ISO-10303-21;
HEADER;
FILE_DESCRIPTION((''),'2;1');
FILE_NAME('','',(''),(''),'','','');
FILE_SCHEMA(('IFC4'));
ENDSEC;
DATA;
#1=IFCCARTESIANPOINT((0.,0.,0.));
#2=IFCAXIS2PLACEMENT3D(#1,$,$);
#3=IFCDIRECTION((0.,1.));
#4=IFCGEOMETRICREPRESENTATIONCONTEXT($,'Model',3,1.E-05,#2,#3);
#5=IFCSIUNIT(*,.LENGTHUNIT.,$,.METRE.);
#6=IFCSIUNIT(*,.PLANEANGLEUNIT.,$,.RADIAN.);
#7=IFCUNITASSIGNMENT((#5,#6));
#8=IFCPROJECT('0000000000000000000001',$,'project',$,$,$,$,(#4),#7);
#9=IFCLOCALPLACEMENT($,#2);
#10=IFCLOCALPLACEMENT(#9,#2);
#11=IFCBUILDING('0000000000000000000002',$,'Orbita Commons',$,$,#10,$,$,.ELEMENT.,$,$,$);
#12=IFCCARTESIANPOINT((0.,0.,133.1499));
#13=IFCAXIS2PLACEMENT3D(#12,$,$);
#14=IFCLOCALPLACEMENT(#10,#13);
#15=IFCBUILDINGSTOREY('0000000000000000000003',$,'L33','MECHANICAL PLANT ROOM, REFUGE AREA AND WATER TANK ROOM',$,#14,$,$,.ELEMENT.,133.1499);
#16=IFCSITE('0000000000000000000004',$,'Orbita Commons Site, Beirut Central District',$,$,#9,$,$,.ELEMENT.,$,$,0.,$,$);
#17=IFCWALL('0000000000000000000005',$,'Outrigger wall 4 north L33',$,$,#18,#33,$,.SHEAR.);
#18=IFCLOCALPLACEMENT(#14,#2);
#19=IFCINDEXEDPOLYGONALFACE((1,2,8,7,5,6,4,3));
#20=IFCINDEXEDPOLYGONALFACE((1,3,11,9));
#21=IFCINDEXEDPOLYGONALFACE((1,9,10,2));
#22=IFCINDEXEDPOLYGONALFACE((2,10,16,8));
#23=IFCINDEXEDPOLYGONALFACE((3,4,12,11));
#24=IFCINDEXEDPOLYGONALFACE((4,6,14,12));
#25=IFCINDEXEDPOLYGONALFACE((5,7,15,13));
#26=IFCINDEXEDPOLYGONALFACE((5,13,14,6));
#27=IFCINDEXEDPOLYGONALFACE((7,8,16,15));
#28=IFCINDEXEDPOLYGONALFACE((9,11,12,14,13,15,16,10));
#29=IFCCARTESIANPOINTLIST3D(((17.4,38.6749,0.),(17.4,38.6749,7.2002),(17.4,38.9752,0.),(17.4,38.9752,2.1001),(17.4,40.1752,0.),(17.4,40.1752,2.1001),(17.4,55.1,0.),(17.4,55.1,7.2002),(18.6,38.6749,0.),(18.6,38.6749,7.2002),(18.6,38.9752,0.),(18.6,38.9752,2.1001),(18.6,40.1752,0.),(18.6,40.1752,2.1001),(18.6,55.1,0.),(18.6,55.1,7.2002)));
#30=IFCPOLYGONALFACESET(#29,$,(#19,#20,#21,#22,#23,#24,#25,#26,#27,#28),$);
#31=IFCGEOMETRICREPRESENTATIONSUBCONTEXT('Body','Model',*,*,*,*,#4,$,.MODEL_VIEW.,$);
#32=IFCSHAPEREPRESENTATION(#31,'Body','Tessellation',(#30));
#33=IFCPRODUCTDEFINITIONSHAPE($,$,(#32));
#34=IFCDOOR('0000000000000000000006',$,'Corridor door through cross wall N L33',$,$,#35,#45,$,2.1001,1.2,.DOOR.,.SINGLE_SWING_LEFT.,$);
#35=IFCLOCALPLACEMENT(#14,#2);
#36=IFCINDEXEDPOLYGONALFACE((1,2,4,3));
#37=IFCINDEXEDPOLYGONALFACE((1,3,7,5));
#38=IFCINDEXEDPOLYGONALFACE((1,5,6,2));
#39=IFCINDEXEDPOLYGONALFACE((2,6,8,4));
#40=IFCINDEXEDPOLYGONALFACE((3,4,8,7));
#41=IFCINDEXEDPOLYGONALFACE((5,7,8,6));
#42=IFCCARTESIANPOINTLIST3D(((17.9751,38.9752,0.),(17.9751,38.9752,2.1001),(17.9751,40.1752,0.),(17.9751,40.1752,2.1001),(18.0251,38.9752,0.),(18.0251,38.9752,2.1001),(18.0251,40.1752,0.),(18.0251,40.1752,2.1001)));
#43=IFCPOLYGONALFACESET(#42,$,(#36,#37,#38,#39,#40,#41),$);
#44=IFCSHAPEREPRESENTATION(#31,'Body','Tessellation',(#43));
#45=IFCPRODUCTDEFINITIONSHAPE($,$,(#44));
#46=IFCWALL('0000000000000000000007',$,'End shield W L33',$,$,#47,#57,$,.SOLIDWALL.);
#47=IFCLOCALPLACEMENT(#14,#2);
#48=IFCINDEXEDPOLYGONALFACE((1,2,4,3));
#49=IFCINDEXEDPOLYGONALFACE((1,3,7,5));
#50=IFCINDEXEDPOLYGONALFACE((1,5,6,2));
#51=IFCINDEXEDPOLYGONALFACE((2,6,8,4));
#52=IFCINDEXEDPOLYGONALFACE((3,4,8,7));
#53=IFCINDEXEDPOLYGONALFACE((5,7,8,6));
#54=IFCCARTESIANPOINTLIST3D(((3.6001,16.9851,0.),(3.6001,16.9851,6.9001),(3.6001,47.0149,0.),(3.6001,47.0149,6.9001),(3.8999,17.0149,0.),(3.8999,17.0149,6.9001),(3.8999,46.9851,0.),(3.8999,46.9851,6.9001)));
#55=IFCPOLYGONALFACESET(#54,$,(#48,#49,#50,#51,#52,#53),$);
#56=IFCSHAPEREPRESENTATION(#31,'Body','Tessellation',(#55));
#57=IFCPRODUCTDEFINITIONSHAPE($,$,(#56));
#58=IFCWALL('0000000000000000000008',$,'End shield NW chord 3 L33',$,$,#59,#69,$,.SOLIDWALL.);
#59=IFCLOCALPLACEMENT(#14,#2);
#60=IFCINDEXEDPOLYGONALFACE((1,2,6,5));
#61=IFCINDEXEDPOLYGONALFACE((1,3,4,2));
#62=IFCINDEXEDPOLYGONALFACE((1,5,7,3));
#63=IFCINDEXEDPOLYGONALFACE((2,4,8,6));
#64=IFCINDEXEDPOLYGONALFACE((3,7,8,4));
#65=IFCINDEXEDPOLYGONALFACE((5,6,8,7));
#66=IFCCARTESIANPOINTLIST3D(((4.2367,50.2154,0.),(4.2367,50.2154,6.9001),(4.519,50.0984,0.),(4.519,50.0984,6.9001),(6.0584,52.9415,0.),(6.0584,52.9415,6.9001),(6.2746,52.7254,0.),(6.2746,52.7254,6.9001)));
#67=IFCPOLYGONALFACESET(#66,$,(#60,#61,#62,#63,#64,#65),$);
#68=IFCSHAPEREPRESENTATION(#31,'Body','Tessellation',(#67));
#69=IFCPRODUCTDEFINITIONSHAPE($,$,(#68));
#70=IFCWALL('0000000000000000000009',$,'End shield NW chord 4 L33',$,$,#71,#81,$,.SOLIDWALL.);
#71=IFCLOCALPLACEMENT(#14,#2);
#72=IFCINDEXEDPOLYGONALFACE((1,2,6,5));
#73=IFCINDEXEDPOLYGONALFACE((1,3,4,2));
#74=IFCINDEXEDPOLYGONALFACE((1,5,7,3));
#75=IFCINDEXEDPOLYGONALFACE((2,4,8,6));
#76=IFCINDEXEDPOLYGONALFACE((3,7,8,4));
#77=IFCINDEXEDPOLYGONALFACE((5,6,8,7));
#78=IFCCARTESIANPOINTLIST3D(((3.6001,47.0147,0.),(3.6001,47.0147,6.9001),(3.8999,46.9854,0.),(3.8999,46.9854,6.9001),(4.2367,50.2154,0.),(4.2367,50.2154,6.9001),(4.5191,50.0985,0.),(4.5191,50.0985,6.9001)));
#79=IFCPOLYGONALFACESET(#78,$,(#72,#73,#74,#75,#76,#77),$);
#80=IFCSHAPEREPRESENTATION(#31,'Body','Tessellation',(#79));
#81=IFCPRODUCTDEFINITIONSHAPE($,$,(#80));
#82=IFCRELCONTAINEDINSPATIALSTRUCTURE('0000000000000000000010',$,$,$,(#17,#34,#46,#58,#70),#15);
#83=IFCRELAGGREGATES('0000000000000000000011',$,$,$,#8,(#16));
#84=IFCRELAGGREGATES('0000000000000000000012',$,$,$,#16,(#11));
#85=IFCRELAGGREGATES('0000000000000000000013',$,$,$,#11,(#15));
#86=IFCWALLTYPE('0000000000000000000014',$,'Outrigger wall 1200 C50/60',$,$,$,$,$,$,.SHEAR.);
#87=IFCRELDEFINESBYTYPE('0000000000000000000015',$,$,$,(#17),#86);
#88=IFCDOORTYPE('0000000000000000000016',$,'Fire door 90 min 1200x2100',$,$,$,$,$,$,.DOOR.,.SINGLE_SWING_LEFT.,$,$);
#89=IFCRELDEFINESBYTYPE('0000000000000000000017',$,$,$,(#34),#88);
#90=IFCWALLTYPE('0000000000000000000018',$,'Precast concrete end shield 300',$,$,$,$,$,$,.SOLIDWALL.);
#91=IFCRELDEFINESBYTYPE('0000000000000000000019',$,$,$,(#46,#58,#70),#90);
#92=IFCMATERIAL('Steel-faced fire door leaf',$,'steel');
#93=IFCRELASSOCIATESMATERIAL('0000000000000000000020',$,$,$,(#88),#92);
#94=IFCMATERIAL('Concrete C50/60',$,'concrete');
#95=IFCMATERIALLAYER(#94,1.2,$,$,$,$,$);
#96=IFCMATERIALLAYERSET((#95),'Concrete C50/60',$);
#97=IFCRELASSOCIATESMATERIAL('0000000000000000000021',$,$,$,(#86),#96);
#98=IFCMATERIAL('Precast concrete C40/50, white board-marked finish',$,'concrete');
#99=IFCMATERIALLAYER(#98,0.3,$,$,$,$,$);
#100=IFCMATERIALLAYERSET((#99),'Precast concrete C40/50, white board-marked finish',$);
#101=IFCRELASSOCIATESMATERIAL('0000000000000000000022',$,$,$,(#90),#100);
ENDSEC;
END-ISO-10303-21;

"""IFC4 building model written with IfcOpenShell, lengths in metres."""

from ifc_helpers import new_model, si_unit, direction, frame, frame_2d, origin, place, context, subcontext, project, spatial, polyline, rectangle, outline, extrude, material, layer, layer_set, type_object, element, fill, save


model = new_model("IFC4")

# Units and contexts
model_context = context("Model", 3, precision=1e-05, world=origin(), true_north=direction((0.0, 1.0)))
body_context = subcontext(model_context, "Body", "Model", "MODEL_VIEW")
ifc_project = project(units=[si_unit("LENGTHUNIT", "METRE"), si_unit("PLANEANGLEUNIT", "RADIAN")], contexts=[model_context])

# Site, building, storey
site_placement = place(None, origin())
site = spatial("IfcSite", under=ifc_project, at=site_placement, Name="Orbita Commons Site, Beirut Central District", CompositionType="ELEMENT", RefElevation=0.0)
building_placement = place(site_placement, origin())
building = spatial("IfcBuilding", under=site, at=building_placement, Name="Orbita Commons", CompositionType="ELEMENT")
storey_placement = place(building_placement, frame((0.0, 0.0, 133.1499)))
storey = spatial("IfcBuildingStorey", under=building, at=storey_placement, Name="L33", Description="MECHANICAL PLANT ROOM, REFUGE AREA AND WATER TANK ROOM", CompositionType="ELEMENT", Elevation=133.1499)

# Shared definitions
ifc_material_1 = material(Name="Steel-faced fire door leaf", Category="steel")
door_type_1 = type_object("IfcDoorType", Name="Fire door 90 min 1200x2100", OperationType="SINGLE_SWING_LEFT", PredefinedType="DOOR", material=ifc_material_1)

# Wall, opening, door
ifc_material_2 = material(Name="Concrete C50/60", Category="concrete")
ifc_layer_1 = layer(ifc_material_2, 1.2)
ifc_layer_set_1 = layer_set([ifc_layer_1], Name="Concrete C50/60")
wall_type_1 = type_object("IfcWallType", Name="Outrigger wall 1200 C50/60", PredefinedType="SHEAR", material=ifc_layer_set_1)
wall_1_placement = place(storey_placement, frame((18.0, 38.675, 0.0), z_axis=(0.0, 0.0, 1.0), x_axis=(0.0, 1.0, 0.0)))
wall_1 = element("IfcWall", 1, at=wall_1_placement, inside=storey, type_object=wall_type_1, Name="Outrigger wall 4 north L33", PredefinedType="SHEAR", context=body_context, shape_type="SweptSolid", body=[
    extrude(rectangle(XDim=16.425, YDim=1.2, at=frame_2d((8.2124, 0.0))), origin(), (0.0, 0.0, 1.0), 7.2002),
])
opening_1_placement = place(wall_1_placement, frame((0.3, 0.0, 0.0)))
opening_1 = element("IfcOpeningElement", 2, at=opening_1_placement, cuts=wall_1, PredefinedType="OPENING", context=body_context, shape_type="SweptSolid", body=[
    extrude(rectangle(XDim=1.2, YDim=2.1001, at=frame_2d((0.6001, 1.05))), frame((0.0, 0.6099, 0.0), z_axis=(0.0, -1.0, 0.0), x_axis=(1.0, 0.0, 0.0)), (0.0, 0.0, 1.0), 1.22),
])
door_1_placement = place(opening_1_placement, origin())
door_1 = element("IfcDoor", 3, at=door_1_placement, inside=storey, type_object=door_type_1, Name="Corridor door through cross wall N L33", OperationType="SINGLE_SWING_LEFT", OverallHeight=2.1001, OverallWidth=1.2, PredefinedType="DOOR", context=body_context, shape_type="SweptSolid", body=[
    extrude(rectangle(XDim=1.2, YDim=2.1001, at=frame_2d((0.6001, 1.05))), frame((0.0, 0.0249, 0.0), z_axis=(0.0, -1.0, 0.0), x_axis=(1.0, 0.0, 0.0)), (0.0, 0.0, 1.0), 0.05),
])
fill(opening_1, door_1)

# Walls
ifc_material_3 = material(Name="Precast concrete C40/50, white board-marked finish", Category="concrete")
ifc_layer_2 = layer(ifc_material_3, 0.3)
ifc_layer_set_2 = layer_set([ifc_layer_2], Name="Precast concrete C40/50, white board-marked finish")
wall_type_2 = type_object("IfcWallType", Name="Precast concrete end shield 300", PredefinedType="SOLIDWALL", material=ifc_layer_set_2)
wall_2_placement = place(storey_placement, frame((3.75, 47.0, 0.0), z_axis=(0.0, 0.0, 1.0), x_axis=(0.0, -1.0, 0.0)))
element("IfcWall", 4, at=wall_2_placement, inside=storey, type_object=wall_type_2, Name="End shield W L33", PredefinedType="SOLIDWALL", context=body_context, shape_type="SweptSolid", body=[
    extrude(outline(polyline([(-0.0149, -0.1499), (30.0149, -0.1499), (29.9851, 0.1499), (0.0149, 0.1499), (-0.0149, -0.1499)])), origin(), (0.0, 0.0, 1.0), 6.9001),
])
wall_3_placement = place(storey_placement, frame((6.1665, 52.8335, 0.0), z_axis=(0.0, 0.0, 1.0), x_axis=(-0.55561, -0.831443, 0.0)))
element("IfcWall", 5, at=wall_3_placement, inside=storey, type_object=wall_type_2, Name="End shield NW chord 3 L33", PredefinedType="SOLIDWALL", context=body_context, shape_type="SweptSolid", body=[
    extrude(outline(polyline([(-0.0298, -0.1499), (3.249, -0.1499), (3.1895, 0.1499), (0.0298, 0.1499), (-0.0298, -0.1499)])), origin(), (0.0, 0.0, 1.0), 6.9001),
])
wall_4_placement = place(storey_placement, frame((4.3779, 50.157, 0.0), z_axis=(0.0, 0.0, 1.0), x_axis=(-0.19508, -0.980787, 0.0)))
element("IfcWall", 6, at=wall_4_placement, inside=storey, type_object=wall_type_2, Name="End shield NW chord 4 L33", PredefinedType="SOLIDWALL", context=body_context, shape_type="SweptSolid", body=[
    extrude(outline(polyline([(-0.0298, -0.1499), (3.2336, -0.1499), (3.2039, 0.1499), (0.0298, 0.1499), (-0.0298, -0.1499)])), origin(), (0.0, 0.0, 1.0), 6.9001),
])

save(model, "model.ifc")
